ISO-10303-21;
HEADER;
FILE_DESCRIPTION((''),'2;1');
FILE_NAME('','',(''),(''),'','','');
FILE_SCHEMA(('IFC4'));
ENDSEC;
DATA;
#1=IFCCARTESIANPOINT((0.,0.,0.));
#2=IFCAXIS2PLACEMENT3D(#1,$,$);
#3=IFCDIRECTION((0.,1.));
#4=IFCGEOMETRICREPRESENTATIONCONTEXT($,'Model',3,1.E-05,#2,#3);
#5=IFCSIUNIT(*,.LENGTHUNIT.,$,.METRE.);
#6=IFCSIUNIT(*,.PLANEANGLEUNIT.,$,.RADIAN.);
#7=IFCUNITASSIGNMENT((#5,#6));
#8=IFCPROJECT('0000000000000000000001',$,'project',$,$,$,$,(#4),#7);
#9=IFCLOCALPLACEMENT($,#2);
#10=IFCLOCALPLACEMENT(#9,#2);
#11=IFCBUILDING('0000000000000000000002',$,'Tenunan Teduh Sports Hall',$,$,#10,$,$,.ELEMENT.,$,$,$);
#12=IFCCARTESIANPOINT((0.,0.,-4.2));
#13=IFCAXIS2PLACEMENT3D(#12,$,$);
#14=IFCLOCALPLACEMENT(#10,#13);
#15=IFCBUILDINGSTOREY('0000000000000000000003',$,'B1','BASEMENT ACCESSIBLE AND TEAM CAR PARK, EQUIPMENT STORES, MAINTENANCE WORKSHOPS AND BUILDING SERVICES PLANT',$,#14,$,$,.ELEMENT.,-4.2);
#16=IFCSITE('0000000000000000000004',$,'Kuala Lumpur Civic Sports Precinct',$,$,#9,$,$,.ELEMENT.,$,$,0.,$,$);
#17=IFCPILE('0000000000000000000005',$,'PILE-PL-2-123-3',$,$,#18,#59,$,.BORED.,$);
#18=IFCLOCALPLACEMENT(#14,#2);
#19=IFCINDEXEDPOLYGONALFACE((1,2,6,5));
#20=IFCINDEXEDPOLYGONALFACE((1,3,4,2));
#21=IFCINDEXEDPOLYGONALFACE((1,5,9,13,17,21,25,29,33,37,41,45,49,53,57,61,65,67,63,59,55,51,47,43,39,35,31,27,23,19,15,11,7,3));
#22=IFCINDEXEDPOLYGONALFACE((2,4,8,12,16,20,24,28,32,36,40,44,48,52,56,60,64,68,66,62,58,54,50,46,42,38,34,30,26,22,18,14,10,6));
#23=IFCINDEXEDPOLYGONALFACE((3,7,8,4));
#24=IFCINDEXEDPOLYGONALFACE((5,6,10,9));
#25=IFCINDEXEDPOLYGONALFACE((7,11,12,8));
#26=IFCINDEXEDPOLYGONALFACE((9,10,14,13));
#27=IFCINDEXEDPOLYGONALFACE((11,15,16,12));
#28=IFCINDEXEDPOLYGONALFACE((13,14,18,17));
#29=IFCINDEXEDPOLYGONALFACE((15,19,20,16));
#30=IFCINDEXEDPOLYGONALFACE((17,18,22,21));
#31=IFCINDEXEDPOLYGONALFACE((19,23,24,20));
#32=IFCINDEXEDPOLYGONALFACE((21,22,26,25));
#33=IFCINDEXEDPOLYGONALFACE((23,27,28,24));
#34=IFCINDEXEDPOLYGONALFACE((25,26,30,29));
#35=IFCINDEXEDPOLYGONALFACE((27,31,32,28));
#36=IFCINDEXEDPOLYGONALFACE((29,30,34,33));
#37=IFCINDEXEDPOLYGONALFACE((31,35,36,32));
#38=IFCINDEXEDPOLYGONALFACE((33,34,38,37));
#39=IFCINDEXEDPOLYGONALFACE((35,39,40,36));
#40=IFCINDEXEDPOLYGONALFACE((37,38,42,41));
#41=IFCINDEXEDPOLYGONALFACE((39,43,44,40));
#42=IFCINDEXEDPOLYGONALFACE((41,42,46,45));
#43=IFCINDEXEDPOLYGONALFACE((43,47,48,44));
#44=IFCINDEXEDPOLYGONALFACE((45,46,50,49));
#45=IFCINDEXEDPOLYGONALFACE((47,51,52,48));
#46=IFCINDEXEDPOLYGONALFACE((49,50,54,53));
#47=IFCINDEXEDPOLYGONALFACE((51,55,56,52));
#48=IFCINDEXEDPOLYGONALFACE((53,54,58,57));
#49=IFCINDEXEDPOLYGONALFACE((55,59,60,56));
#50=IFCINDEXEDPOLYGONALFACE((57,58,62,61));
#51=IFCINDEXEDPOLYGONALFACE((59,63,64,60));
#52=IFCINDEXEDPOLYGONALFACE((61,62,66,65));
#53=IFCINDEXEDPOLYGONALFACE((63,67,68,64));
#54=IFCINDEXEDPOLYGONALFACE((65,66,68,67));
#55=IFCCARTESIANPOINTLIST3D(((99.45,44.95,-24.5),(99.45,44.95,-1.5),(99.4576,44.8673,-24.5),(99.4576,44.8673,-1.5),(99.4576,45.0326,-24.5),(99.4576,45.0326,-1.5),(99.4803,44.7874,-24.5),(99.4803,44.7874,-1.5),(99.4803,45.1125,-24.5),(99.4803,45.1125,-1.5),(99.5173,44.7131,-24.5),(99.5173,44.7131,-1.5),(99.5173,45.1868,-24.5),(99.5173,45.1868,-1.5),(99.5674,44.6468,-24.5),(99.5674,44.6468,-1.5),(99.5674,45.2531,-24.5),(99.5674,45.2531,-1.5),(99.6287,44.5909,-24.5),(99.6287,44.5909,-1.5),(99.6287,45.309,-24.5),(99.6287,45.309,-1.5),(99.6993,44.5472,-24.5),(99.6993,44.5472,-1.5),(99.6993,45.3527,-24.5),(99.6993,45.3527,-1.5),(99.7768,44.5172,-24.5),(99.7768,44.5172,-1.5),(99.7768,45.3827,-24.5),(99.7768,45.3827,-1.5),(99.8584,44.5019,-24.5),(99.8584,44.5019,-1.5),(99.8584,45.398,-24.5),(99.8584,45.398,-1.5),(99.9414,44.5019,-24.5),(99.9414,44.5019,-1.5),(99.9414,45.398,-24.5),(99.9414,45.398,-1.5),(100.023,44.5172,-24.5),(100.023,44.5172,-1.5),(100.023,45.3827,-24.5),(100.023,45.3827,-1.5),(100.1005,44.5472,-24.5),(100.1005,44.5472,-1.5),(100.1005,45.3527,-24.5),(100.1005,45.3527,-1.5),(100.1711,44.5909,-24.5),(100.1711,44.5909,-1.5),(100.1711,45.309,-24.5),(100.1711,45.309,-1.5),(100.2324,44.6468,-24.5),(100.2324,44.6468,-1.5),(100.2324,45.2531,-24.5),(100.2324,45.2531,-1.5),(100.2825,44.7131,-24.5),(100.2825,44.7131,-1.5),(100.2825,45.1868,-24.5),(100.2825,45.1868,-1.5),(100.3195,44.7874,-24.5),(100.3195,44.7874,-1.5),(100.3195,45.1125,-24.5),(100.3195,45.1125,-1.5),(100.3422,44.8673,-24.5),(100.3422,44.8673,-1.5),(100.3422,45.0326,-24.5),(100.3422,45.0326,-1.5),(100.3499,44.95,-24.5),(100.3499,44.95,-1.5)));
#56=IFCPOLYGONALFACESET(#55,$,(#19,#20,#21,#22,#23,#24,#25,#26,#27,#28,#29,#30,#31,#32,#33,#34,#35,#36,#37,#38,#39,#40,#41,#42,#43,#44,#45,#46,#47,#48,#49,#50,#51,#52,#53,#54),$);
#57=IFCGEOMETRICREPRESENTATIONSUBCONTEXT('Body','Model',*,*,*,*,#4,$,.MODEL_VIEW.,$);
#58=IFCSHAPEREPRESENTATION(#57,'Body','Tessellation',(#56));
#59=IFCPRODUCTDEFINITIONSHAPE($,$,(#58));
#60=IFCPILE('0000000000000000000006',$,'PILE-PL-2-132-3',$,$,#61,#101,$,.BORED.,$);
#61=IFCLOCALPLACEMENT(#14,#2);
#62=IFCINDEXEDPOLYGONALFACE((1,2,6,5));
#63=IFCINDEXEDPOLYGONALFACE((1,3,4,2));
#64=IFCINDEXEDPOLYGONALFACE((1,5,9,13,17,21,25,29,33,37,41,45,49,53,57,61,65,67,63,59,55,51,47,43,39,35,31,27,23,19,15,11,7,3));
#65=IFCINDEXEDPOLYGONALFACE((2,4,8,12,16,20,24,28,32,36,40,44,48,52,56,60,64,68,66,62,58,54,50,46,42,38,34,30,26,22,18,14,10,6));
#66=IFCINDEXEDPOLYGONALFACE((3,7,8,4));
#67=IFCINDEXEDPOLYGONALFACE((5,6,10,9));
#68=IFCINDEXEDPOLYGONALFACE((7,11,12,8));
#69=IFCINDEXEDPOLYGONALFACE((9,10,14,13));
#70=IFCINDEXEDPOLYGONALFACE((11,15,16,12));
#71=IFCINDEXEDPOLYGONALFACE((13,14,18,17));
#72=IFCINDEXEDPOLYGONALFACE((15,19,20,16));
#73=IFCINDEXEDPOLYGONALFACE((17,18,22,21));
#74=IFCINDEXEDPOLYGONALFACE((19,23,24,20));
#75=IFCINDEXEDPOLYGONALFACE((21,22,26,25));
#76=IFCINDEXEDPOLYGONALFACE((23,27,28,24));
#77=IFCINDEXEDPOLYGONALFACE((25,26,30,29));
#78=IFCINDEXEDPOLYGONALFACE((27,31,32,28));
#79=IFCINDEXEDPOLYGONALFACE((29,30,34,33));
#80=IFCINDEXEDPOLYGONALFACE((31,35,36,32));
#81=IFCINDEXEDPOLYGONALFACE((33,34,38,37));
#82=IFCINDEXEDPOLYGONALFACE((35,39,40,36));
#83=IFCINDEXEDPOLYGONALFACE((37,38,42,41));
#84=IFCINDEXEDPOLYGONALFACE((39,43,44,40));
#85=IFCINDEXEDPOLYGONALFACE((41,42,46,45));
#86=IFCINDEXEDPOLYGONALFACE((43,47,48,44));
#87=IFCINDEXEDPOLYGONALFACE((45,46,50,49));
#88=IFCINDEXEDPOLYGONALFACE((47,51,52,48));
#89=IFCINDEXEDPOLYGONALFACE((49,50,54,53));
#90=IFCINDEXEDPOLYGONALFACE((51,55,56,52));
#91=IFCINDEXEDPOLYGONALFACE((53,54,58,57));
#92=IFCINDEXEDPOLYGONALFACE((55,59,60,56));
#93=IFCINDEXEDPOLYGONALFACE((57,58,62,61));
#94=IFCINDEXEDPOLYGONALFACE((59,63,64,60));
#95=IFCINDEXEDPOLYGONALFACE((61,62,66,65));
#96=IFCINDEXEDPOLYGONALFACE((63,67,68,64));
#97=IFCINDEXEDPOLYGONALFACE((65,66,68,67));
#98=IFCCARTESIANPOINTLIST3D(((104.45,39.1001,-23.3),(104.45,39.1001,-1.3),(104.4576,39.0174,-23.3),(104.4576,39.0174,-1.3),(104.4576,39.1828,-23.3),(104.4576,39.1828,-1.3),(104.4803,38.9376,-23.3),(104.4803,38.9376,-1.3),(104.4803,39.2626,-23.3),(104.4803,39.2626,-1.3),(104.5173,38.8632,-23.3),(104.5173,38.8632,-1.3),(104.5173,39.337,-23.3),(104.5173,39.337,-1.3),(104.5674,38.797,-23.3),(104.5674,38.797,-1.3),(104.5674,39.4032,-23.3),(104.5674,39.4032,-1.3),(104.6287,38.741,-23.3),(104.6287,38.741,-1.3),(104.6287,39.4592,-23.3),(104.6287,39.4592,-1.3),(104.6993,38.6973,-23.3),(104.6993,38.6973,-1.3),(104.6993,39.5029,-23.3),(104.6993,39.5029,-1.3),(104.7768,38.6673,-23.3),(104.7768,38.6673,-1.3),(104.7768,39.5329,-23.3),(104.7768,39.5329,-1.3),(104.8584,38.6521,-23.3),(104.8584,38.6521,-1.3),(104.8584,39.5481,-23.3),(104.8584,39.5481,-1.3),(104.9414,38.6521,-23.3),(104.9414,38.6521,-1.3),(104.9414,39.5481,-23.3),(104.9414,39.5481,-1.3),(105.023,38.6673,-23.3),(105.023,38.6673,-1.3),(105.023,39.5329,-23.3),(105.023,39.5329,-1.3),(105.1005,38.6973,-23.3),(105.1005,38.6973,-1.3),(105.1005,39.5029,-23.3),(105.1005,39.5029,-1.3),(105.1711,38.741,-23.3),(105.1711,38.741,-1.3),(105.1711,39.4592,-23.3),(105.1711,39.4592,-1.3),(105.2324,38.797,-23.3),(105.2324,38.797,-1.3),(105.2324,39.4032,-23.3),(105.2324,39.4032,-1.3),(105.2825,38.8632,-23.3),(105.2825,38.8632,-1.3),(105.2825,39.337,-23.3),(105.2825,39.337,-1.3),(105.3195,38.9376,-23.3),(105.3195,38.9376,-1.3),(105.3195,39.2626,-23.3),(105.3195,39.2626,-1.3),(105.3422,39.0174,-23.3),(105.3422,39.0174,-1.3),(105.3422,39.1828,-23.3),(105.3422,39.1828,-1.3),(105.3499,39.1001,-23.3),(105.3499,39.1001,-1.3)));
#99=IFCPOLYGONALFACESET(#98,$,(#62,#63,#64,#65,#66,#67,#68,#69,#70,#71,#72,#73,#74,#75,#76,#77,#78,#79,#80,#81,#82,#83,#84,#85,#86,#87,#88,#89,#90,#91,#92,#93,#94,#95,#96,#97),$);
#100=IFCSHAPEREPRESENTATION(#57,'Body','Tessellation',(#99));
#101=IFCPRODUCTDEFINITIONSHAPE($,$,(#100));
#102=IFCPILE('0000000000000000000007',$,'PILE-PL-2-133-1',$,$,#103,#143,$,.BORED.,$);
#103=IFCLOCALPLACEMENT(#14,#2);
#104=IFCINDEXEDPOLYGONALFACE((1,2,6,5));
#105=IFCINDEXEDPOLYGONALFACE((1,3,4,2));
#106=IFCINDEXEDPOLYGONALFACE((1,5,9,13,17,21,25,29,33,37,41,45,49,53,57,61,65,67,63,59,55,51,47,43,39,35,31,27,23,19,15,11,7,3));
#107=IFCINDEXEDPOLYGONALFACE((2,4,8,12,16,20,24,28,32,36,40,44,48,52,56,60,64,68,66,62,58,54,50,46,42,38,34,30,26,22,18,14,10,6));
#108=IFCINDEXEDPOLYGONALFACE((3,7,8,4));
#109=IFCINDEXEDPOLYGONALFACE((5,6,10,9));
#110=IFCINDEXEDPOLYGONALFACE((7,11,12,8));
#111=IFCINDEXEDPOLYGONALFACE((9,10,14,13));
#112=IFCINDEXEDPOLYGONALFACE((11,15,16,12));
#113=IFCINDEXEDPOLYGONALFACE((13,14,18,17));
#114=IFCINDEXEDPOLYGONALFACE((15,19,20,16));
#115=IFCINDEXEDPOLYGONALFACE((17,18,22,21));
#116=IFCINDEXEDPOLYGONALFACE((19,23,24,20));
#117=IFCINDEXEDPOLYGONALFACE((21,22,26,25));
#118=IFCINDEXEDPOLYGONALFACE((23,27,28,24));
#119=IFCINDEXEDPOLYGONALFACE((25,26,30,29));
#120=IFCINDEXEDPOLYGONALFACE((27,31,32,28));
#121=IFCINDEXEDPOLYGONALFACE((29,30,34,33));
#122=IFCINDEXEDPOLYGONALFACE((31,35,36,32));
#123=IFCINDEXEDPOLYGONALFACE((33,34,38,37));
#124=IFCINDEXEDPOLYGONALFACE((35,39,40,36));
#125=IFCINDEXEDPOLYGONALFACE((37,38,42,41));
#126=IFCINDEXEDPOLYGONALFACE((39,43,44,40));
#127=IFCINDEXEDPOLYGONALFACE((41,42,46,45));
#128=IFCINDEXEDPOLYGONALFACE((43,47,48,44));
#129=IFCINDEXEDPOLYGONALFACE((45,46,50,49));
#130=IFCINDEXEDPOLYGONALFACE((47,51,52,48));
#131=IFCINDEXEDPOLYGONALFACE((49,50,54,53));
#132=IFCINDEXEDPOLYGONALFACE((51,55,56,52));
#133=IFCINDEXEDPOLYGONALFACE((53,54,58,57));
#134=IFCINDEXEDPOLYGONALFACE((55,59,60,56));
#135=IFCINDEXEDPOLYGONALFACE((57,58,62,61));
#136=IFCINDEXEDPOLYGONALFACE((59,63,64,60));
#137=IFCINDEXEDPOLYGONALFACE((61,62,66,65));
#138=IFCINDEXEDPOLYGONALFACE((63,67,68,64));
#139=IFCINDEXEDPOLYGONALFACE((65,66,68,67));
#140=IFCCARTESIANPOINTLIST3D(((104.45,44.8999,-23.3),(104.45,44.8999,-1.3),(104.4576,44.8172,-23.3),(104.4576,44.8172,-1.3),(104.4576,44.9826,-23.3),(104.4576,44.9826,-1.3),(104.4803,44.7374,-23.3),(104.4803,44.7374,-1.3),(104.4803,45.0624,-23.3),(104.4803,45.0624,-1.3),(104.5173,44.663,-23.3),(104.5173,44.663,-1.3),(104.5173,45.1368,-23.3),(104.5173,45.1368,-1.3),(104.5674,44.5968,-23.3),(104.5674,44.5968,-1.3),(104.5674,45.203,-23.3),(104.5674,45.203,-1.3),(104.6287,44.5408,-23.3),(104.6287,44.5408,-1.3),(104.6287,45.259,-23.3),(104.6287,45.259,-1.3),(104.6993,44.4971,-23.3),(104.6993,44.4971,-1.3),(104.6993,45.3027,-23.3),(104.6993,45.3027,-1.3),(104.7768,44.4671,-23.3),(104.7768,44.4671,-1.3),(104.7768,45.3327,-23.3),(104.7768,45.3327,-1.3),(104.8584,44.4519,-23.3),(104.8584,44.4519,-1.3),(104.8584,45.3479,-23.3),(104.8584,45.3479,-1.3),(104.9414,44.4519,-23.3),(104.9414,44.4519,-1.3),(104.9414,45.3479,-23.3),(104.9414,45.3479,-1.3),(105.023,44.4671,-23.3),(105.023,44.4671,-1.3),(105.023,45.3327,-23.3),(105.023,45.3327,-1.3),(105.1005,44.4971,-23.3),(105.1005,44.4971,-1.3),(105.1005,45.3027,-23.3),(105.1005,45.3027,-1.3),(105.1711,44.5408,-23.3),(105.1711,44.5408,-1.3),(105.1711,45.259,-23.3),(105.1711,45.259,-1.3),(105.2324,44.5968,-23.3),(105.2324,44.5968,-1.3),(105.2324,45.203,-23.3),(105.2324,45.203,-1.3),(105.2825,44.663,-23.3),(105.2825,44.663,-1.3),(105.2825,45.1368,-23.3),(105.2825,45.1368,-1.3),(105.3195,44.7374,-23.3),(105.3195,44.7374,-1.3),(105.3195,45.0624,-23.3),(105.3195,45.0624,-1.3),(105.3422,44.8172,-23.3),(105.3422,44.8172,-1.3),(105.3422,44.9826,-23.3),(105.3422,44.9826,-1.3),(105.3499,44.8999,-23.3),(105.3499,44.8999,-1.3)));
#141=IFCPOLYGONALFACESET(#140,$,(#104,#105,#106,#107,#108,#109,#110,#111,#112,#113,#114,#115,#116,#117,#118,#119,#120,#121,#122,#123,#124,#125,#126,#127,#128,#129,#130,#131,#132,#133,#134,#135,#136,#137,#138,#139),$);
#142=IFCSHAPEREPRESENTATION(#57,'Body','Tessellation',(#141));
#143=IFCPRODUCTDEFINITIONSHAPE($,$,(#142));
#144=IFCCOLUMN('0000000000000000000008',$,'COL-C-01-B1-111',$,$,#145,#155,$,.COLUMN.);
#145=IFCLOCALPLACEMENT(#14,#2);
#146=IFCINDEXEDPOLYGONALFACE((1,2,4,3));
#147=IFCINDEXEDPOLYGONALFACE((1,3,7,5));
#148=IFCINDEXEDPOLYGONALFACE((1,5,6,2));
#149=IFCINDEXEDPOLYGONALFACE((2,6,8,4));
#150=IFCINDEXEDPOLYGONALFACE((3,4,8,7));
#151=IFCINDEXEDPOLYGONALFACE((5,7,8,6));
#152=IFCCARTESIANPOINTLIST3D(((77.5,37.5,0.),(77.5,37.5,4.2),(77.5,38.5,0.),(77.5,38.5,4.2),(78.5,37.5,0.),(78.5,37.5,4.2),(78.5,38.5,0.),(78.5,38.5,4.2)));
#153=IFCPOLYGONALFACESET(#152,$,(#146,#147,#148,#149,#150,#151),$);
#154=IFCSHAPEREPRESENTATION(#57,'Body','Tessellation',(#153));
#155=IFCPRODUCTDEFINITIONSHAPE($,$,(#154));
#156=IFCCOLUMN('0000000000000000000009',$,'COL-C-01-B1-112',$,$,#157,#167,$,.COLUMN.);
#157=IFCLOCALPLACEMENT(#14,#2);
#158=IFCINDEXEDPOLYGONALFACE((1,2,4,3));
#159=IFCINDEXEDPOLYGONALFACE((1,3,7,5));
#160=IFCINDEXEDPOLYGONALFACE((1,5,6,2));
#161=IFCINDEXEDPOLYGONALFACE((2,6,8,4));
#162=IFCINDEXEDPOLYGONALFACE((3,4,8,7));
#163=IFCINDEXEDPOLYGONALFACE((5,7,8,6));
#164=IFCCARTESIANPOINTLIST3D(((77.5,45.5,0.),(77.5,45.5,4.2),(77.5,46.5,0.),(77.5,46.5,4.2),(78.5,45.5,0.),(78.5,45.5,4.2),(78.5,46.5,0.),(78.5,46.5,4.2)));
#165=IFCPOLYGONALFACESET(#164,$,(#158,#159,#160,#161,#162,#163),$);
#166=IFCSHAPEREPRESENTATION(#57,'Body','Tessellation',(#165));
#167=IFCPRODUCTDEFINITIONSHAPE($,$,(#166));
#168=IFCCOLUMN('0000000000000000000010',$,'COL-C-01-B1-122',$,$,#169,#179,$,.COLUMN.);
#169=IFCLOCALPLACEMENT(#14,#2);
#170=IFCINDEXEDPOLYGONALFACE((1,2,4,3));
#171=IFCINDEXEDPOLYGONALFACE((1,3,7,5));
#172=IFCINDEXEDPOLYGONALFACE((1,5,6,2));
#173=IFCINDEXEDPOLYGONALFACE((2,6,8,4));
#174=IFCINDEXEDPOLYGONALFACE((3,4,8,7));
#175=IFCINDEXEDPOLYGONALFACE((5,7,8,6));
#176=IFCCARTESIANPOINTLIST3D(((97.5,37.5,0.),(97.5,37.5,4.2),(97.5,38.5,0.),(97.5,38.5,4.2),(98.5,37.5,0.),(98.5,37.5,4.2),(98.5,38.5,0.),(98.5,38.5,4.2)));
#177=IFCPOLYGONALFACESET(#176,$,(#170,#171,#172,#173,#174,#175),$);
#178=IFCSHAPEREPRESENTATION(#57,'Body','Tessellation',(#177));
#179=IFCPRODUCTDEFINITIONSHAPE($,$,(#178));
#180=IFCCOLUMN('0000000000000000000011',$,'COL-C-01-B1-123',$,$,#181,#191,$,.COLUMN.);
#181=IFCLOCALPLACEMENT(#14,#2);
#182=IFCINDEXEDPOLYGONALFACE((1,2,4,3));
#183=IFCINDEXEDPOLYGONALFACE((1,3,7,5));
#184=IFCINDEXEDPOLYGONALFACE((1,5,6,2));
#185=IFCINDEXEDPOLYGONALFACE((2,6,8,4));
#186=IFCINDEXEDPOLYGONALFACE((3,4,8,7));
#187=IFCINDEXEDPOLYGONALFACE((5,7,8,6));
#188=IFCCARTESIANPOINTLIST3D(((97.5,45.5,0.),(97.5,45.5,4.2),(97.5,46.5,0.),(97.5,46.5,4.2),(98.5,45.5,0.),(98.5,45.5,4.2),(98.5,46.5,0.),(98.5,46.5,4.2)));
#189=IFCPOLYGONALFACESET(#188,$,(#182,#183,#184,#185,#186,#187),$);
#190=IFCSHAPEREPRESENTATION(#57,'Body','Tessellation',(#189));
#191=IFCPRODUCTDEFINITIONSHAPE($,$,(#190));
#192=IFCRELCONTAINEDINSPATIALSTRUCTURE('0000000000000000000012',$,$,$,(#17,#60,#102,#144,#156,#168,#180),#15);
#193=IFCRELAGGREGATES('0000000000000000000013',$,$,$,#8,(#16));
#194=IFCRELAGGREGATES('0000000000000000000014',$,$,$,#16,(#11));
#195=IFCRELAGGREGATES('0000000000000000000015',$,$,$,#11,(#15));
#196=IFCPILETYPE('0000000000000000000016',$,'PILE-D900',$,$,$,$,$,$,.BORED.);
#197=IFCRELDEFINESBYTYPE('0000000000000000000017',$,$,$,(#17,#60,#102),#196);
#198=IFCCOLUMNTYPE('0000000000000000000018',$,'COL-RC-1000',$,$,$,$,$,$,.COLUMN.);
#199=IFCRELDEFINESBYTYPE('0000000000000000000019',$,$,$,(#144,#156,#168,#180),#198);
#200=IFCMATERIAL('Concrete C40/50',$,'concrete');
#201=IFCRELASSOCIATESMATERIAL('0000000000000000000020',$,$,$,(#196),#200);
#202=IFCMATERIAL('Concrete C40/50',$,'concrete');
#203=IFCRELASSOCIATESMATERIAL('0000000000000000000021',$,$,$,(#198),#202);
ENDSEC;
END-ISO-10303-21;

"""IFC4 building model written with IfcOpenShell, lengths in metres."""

from ifc_helpers import new_model, si_unit, direction, frame, origin, origin_2d, place, context, subcontext, project, spatial, rectangle, circle, extrude, material, material_profile, profile_set, type_object, element, save


model = new_model("IFC4")

# Units and contexts
model_context = context("Model", 3, precision=1e-05, world=origin(), true_north=direction((0.0, 1.0)))
body_context = subcontext(model_context, "Body", "Model", "MODEL_VIEW")
ifc_project = project(units=[si_unit("LENGTHUNIT", "METRE"), si_unit("PLANEANGLEUNIT", "RADIAN")], contexts=[model_context])

# Site, building, storey
site_placement = place(None, origin())
site = spatial("IfcSite", under=ifc_project, at=site_placement, Name="Kuala Lumpur Civic Sports Precinct", CompositionType="ELEMENT", RefElevation=0.0)
building_placement = place(site_placement, origin())
building = spatial("IfcBuilding", under=site, at=building_placement, Name="Tenunan Teduh Sports Hall", CompositionType="ELEMENT")
storey_placement = place(building_placement, frame((0.0, 0.0, -4.2)))
storey = spatial("IfcBuildingStorey", under=building, at=storey_placement, Name="B1", Description="BASEMENT ACCESSIBLE AND TEAM CAR PARK, EQUIPMENT STORES, MAINTENANCE WORKSHOPS AND BUILDING SERVICES PLANT", CompositionType="ELEMENT", Elevation=-4.2)

# Piles
ifc_material_1 = material(Name="Concrete C40/50", Category="concrete")
ifc_material_profile_1 = material_profile(ifc_material_1, circle(Radius=0.45, at=origin_2d()), Name="PILE D900")
ifc_profile_set_1 = profile_set([ifc_material_profile_1], Name="Concrete C40/50")
pile_type = type_object("IfcPileType", Name="PILE-D900", PredefinedType="BORED", material=ifc_profile_set_1)
for number, where, z_axis, x_axis, name in (
    (1, (99.8999, 44.95, -1.5), (0.0, 0.0, -1.0), (1.0, 0.0, 0.0), "PILE-PL-2-123-3"),
):
    element("IfcPile", number, at=place(storey_placement, frame(where, z_axis=z_axis, x_axis=x_axis)), inside=storey, type_object=pile_type, Name=name, PredefinedType="BORED", context=body_context, shape_type="SweptSolid", body=[
        extrude(circle(Radius=0.45, at=origin_2d()), origin(), (0.0, 0.0, 1.0), 23.0),
    ])
for number, where, z_axis, x_axis, name in (
    (2, (104.8999, 39.1001, -1.3), (0.0, 0.0, -1.0), (1.0, 0.0, 0.0), "PILE-PL-2-132-3"),
    (3, (104.8999, 44.8999, -1.3), (0.0, 0.0, -1.0), (1.0, 0.0, 0.0), "PILE-PL-2-133-1"),
):
    element("IfcPile", number, at=place(storey_placement, frame(where, z_axis=z_axis, x_axis=x_axis)), inside=storey, type_object=pile_type, Name=name, PredefinedType="BORED", context=body_context, shape_type="SweptSolid", body=[
        extrude(circle(Radius=0.45, at=origin_2d()), origin(), (0.0, 0.0, 1.0), 22.0),
    ])

# Columns
ifc_material_2 = material(Name="Concrete C40/50", Category="concrete")
ifc_material_profile_2 = material_profile(ifc_material_2, rectangle(XDim=1.0, YDim=1.0, at=origin_2d()), Name="RC 1000x1000")
ifc_profile_set_2 = profile_set([ifc_material_profile_2], Name="Concrete C40/50")
column_type = type_object("IfcColumnType", Name="COL-RC-1000", PredefinedType="COLUMN", material=ifc_profile_set_2)
for number, where, z_axis, x_axis, name in (
    (4, (78.0, 38.0, 0.0), (0.0, 0.0, 1.0), (1.0, 0.0, 0.0), "COL-C-01-B1-111"),
    (5, (78.0, 46.0, 0.0), (0.0, 0.0, 1.0), (1.0, 0.0, 0.0), "COL-C-01-B1-112"),
    (6, (98.0, 38.0, 0.0), (0.0, 0.0, 1.0), (1.0, 0.0, 0.0), "COL-C-01-B1-122"),
    (7, (98.0, 46.0, 0.0), (0.0, 0.0, 1.0), (1.0, 0.0, 0.0), "COL-C-01-B1-123"),
):
    element("IfcColumn", number, at=place(storey_placement, frame(where, z_axis=z_axis, x_axis=x_axis)), inside=storey, type_object=column_type, Name=name, PredefinedType="COLUMN", context=body_context, shape_type="SweptSolid", body=[
        extrude(rectangle(XDim=1.0, YDim=1.0, at=origin_2d()), origin(), (0.0, 0.0, 1.0), 4.2),
    ])

save(model, "model.ifc")
